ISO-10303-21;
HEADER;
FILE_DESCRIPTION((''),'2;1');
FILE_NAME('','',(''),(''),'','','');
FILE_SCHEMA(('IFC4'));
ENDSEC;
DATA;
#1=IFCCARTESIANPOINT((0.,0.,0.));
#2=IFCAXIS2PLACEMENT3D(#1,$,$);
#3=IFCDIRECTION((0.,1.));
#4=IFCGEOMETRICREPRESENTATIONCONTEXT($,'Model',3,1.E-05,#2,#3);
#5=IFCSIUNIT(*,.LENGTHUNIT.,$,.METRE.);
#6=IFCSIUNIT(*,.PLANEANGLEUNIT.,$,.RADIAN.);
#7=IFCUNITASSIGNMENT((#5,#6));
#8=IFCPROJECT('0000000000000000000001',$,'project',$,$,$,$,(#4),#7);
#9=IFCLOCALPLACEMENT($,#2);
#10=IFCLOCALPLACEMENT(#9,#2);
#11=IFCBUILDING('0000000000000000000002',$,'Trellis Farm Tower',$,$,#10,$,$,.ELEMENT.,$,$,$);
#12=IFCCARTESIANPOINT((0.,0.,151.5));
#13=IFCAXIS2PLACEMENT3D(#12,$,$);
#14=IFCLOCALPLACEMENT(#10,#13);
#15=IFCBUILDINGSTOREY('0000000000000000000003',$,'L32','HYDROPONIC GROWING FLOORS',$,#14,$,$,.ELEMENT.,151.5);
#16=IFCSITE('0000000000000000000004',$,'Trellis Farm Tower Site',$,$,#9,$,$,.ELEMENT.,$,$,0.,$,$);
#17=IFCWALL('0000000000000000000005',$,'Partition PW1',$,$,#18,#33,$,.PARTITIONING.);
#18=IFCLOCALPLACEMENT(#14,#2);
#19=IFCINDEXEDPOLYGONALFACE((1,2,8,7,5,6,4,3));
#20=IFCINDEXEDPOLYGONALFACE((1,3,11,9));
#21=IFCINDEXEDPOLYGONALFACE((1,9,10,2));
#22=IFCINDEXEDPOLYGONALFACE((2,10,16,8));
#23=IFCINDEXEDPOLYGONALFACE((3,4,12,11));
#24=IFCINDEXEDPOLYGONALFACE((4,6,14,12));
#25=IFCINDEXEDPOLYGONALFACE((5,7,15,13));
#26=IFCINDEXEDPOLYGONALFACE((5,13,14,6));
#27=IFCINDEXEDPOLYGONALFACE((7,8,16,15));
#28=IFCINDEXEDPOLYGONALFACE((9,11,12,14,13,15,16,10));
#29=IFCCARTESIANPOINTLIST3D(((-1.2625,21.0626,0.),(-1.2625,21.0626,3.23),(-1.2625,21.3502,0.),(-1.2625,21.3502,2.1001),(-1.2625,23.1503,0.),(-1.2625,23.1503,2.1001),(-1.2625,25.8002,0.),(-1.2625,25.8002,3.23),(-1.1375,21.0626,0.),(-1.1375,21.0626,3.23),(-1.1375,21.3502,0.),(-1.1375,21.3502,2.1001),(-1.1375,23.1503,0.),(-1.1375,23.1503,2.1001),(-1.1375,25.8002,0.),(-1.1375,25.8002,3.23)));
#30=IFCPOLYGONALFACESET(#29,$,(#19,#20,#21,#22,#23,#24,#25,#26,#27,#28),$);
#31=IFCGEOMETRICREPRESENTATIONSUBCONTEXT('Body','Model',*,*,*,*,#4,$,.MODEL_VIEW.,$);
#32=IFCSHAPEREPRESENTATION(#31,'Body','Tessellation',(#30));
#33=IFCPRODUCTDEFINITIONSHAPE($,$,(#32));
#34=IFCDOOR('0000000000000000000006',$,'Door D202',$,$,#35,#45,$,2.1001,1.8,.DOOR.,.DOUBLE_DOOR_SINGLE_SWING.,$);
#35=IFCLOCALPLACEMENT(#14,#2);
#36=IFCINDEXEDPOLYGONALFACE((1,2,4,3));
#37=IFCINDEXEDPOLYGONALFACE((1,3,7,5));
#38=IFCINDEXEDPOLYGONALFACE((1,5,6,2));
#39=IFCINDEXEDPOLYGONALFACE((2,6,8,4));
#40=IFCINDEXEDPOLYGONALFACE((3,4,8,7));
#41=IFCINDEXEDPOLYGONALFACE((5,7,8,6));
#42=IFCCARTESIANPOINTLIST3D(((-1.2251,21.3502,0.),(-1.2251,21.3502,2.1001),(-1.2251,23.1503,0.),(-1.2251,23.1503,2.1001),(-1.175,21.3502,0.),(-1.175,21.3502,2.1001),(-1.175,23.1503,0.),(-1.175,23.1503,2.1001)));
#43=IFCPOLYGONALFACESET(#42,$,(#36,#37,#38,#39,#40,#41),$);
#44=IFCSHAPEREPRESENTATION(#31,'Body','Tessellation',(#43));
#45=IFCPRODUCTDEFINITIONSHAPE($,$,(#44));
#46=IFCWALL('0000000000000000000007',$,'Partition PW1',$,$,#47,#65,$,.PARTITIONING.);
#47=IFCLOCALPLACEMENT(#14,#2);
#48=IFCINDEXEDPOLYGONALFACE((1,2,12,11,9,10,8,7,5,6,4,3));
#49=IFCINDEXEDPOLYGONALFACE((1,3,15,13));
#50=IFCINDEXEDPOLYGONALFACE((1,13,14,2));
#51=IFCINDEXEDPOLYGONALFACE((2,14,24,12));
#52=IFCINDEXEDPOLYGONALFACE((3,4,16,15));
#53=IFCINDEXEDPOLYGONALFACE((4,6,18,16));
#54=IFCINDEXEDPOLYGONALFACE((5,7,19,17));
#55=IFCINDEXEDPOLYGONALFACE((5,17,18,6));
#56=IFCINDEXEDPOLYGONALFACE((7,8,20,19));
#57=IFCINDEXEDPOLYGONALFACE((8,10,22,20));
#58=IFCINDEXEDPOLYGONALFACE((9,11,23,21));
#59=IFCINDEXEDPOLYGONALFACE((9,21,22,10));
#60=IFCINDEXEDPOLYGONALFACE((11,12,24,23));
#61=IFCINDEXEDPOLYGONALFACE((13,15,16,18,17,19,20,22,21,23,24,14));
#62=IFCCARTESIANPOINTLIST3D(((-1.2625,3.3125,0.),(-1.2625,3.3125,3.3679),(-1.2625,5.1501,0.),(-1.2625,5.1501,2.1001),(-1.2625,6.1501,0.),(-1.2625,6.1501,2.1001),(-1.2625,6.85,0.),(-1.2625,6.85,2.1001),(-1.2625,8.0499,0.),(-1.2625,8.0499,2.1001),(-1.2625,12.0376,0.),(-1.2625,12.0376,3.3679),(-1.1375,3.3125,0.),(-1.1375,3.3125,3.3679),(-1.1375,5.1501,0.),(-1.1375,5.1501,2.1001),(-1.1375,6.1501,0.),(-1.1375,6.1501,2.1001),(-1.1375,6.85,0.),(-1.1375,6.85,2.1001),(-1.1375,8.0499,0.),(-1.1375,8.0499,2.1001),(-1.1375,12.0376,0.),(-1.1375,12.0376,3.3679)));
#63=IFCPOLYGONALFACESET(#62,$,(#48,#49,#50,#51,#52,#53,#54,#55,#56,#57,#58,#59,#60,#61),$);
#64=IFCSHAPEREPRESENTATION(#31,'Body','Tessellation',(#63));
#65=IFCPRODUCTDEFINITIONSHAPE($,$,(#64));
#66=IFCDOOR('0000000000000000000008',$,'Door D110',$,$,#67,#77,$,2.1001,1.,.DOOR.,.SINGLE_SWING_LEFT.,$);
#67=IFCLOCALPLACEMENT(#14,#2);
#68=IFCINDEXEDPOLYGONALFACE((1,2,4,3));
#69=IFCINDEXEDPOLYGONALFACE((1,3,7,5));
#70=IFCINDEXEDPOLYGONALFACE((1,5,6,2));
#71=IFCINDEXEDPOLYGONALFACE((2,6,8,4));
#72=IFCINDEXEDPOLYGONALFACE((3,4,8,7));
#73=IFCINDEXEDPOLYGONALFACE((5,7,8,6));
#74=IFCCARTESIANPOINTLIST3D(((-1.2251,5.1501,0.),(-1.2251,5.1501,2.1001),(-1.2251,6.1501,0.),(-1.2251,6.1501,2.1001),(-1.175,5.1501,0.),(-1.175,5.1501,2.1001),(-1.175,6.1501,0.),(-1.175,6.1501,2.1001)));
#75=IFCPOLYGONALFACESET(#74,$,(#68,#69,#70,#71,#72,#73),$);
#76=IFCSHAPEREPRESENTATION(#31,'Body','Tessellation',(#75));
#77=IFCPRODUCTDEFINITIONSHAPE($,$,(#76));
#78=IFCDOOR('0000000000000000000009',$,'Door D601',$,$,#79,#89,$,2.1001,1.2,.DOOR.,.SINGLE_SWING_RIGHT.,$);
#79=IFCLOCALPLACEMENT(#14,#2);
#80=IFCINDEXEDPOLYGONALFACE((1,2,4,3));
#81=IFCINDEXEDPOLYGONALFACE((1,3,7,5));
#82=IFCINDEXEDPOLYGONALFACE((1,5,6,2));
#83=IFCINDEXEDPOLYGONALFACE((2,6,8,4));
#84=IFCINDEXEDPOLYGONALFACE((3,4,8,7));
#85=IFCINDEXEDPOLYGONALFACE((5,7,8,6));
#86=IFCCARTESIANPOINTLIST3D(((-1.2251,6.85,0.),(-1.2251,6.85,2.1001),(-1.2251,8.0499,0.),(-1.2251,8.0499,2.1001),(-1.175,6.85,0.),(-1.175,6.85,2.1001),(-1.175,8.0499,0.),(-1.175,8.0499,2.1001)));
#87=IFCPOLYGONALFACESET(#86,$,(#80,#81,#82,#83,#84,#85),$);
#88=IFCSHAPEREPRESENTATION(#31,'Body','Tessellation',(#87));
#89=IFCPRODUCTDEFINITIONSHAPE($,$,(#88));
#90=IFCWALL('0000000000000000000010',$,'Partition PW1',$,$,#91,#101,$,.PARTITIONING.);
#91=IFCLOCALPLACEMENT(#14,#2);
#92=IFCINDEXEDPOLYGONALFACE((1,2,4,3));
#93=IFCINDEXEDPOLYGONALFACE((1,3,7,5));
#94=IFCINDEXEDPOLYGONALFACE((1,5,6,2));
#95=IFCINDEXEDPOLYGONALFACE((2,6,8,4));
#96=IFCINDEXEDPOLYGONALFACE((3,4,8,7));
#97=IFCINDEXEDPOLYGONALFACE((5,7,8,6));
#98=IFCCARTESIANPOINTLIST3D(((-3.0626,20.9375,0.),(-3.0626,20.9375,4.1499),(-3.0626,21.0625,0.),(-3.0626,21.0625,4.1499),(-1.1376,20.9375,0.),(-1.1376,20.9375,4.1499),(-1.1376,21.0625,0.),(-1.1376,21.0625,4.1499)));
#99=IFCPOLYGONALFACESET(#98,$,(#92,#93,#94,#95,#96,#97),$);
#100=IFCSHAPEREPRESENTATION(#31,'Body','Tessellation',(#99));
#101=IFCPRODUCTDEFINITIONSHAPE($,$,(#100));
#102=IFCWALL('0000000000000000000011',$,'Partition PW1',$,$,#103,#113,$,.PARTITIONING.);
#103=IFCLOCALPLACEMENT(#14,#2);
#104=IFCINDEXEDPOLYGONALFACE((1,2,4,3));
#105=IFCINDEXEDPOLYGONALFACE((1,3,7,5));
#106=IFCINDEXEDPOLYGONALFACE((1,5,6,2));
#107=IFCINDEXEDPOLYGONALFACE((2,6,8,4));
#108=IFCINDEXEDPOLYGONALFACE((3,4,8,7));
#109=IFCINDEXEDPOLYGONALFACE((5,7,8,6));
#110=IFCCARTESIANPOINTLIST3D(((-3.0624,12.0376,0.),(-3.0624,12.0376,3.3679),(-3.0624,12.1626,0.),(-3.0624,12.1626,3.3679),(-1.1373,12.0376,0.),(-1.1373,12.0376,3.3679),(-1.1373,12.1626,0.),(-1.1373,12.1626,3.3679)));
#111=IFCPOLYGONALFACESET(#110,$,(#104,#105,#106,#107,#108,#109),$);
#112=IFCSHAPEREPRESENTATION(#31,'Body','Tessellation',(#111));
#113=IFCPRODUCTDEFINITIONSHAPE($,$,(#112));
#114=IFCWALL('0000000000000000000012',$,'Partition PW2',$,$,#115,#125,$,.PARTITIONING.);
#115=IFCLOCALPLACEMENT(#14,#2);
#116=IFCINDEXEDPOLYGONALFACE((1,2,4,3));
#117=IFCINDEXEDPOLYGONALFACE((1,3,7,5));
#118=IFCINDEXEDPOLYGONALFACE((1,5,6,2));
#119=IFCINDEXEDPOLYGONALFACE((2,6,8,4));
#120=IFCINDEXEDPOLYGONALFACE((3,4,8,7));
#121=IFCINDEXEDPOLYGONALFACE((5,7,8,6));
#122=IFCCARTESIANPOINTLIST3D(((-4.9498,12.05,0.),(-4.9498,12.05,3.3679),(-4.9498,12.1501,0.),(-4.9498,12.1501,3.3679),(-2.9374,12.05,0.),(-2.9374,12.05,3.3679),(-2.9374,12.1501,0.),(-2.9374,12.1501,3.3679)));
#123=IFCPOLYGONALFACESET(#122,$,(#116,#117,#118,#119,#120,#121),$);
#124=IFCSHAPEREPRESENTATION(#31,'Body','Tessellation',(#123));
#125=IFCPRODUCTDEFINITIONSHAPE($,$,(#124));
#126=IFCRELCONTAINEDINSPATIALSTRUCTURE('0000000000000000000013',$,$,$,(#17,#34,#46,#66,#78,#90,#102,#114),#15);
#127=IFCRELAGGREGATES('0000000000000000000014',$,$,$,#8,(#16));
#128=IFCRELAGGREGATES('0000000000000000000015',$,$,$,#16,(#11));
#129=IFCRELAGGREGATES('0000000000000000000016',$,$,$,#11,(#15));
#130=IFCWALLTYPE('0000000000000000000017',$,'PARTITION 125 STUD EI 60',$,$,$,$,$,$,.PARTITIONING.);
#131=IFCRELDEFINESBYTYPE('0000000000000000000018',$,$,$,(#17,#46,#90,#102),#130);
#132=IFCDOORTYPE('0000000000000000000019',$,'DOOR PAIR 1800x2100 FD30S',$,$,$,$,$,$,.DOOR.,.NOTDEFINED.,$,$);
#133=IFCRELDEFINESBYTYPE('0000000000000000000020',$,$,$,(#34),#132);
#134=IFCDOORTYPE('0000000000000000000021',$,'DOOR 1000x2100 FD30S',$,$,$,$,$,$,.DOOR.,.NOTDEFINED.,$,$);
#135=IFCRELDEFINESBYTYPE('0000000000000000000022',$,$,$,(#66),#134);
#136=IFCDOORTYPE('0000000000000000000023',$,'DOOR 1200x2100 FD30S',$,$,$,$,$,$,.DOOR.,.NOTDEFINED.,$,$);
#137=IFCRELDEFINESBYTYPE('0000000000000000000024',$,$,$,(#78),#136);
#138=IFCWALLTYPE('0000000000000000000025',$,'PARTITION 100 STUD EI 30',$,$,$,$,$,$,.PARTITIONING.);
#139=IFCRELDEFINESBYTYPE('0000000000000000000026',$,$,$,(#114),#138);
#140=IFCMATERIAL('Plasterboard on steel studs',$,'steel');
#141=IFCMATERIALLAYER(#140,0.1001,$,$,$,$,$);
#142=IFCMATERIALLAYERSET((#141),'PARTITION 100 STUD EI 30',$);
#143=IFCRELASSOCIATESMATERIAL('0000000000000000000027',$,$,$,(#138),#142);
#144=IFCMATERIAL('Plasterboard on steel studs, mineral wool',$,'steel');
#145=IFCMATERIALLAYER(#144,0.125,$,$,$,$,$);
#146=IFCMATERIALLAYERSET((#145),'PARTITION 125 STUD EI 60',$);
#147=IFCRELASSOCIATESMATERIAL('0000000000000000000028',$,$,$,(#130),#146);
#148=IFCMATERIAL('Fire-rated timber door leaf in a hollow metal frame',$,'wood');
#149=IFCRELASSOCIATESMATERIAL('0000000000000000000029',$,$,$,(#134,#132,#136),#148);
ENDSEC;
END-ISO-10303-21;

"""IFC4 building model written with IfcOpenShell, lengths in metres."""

from ifc_helpers import new_model, si_unit, direction, frame, frame_2d, origin, place, context, subcontext, project, spatial, rectangle, extrude, source, transform, mapped, material, layer, layer_set, type_object, element, fill, save


model = new_model("IFC4")

# Units and contexts
model_context = context("Model", 3, precision=1e-05, world=origin(), true_north=direction((0.0, 1.0)))
body_context = subcontext(model_context, "Body", "Model", "MODEL_VIEW")
ifc_project = project(units=[si_unit("LENGTHUNIT", "METRE"), si_unit("PLANEANGLEUNIT", "RADIAN")], contexts=[model_context])

# Site, building, storey
site_placement = place(None, origin())
site = spatial("IfcSite", under=ifc_project, at=site_placement, Name="Trellis Farm Tower Site", CompositionType="ELEMENT", RefElevation=0.0)
building_placement = place(site_placement, origin())
building = spatial("IfcBuilding", under=site, at=building_placement, Name="Trellis Farm Tower", CompositionType="ELEMENT")
storey_placement = place(building_placement, frame((0.0, 0.0, 151.5)))
storey = spatial("IfcBuildingStorey", under=building, at=storey_placement, Name="L32", Description="HYDROPONIC GROWING FLOORS", CompositionType="ELEMENT", Elevation=151.5)

# Shared definitions
ifc_material_1 = material(Name="Plasterboard on steel studs", Category="steel")
ifc_layer_1 = layer(ifc_material_1, 0.1001)
ifc_layer_set_1 = layer_set([ifc_layer_1], Name="PARTITION 100 STUD EI 30")
wall_type_1 = type_object("IfcWallType", Name="PARTITION 100 STUD EI 30", PredefinedType="PARTITIONING", material=ifc_layer_set_1)

# Shared definitions
shared_shape_1 = source(origin(), body_context, "Body", "SweptSolid", [
    extrude(rectangle(XDim=1.2, YDim=2.1001, at=frame_2d((0.6001, 1.05))), frame((0.0, 0.0249, 0.0), z_axis=(0.0, -1.0, 0.0), x_axis=(1.0, 0.0, 0.0)), (0.0, 0.0, 1.0), 0.05),
])

# Wall, opening, door
ifc_material_2 = material(Name="Plasterboard on steel studs, mineral wool", Category="steel")
ifc_layer_2 = layer(ifc_material_2, 0.125)
ifc_layer_set_2 = layer_set([ifc_layer_2], Name="PARTITION 125 STUD EI 60")
wall_type_2 = type_object("IfcWallType", Name="PARTITION 125 STUD EI 60", PredefinedType="PARTITIONING", material=ifc_layer_set_2)
shared_shape_2 = source(origin(), body_context, "Body", "SweptSolid", [
    extrude(rectangle(XDim=1.0, YDim=2.1001, at=frame_2d((0.5, 1.05))), frame((0.0, 0.0725, 0.0), z_axis=(0.0, -1.0, 0.0), x_axis=(1.0, 0.0, 0.0)), (0.0, 0.0, 1.0), 0.145),
])
ifc_material_3 = material(Name="Fire-rated timber door leaf in a hollow metal frame", Category="wood")
door_type_1 = type_object("IfcDoorType", Name="DOOR 1000x2100 FD30S", OperationType="NOTDEFINED", PredefinedType="DOOR", material=ifc_material_3)
shared_shape_3 = source(origin(), body_context, "Body", "SweptSolid", [
    extrude(rectangle(XDim=1.0, YDim=2.1001, at=frame_2d((0.5, 1.05))), frame((0.0, 0.0249, 0.0), z_axis=(0.0, -1.0, 0.0), x_axis=(1.0, 0.0, 0.0)), (0.0, 0.0, 1.0), 0.05),
])
shared_shape_4 = source(origin(), body_context, "Body", "SweptSolid", [
    extrude(rectangle(XDim=4.7375, YDim=0.125, at=frame_2d((2.3687, 0.0))), origin(), (0.0, 0.0, 1.0), 3.23),
])
wall_1_placement = place(storey_placement, frame((-1.2, 25.8, 0.0), z_axis=(0.0, 0.0, 1.0), x_axis=(0.0, -1.0, 0.0)))
wall_1 = element("IfcWall", 1, at=wall_1_placement, inside=storey, type_object=wall_type_2, Name="Partition PW1", PredefinedType="PARTITIONING", context=body_context, shape_type="MappedRepresentation", body=[
    mapped(shared_shape_4, transform((0.0, 0.0, 0.0))),
])
shared_shape_5 = source(origin(), body_context, "Body", "SweptSolid", [
    extrude(rectangle(XDim=1.8, YDim=2.1001, at=frame_2d((0.8999, 1.05))), frame((0.0, 0.0725, 0.0), z_axis=(0.0, -1.0, 0.0), x_axis=(1.0, 0.0, 0.0)), (0.0, 0.0, 1.0), 0.145),
])
opening_1_placement = place(wall_1_placement, frame((2.6499, 0.0, 0.0)))
opening_1 = element("IfcOpeningElement", 2, at=opening_1_placement, cuts=wall_1, PredefinedType="OPENING", context=body_context, shape_type="MappedRepresentation", body=[
    mapped(shared_shape_5, transform((0.0, 0.0, 0.0))),
])
door_type_2 = type_object("IfcDoorType", Name="DOOR PAIR 1800x2100 FD30S", OperationType="NOTDEFINED", PredefinedType="DOOR", material=ifc_material_3)
shared_shape_6 = source(origin(), body_context, "Body", "SweptSolid", [
    extrude(rectangle(XDim=1.8, YDim=2.1001, at=frame_2d((0.8999, 1.05))), frame((0.0, 0.0249, 0.0), z_axis=(0.0, -1.0, 0.0), x_axis=(1.0, 0.0, 0.0)), (0.0, 0.0, 1.0), 0.05),
])
door_1_placement = place(opening_1_placement, origin())
door_1 = element("IfcDoor", 3, at=door_1_placement, inside=storey, type_object=door_type_2, Name="Door D202", OperationType="DOUBLE_DOOR_SINGLE_SWING", OverallHeight=2.1001, OverallWidth=1.8, PredefinedType="DOOR", context=body_context, shape_type="MappedRepresentation", body=[
    mapped(shared_shape_6, transform((0.0, 0.0, 0.0))),
])
fill(opening_1, door_1)

# Wall, openings, doors
shared_shape_7 = source(origin(), body_context, "Body", "SweptSolid", [
    extrude(rectangle(XDim=8.7251, YDim=0.125, at=frame_2d((4.3625, 0.0))), origin(), (0.0, 0.0, 1.0), 3.3679),
])
wall_2_placement = place(storey_placement, frame((-1.2, 12.0376, 0.0), z_axis=(0.0, 0.0, 1.0), x_axis=(0.0, -1.0, 0.0)))
wall_2 = element("IfcWall", 4, at=wall_2_placement, inside=storey, type_object=wall_type_2, Name="Partition PW1", PredefinedType="PARTITIONING", context=body_context, shape_type="MappedRepresentation", body=[
    mapped(shared_shape_7, transform((0.0, 0.0, 0.0))),
])
opening_2_placement = place(wall_2_placement, frame((5.8875, 0.0, 0.0)))
opening_2 = element("IfcOpeningElement", 5, at=opening_2_placement, cuts=wall_2, PredefinedType="OPENING", context=body_context, shape_type="MappedRepresentation", body=[
    mapped(shared_shape_2, transform((0.0, 0.0, 0.0))),
])
shared_shape_8 = source(origin(), body_context, "Body", "SweptSolid", [
    extrude(rectangle(XDim=1.2, YDim=2.1001, at=frame_2d((0.6001, 1.05))), frame((0.0, 0.0725, 0.0), z_axis=(0.0, -1.0, 0.0), x_axis=(1.0, 0.0, 0.0)), (0.0, 0.0, 1.0), 0.145),
])
opening_3_placement = place(wall_2_placement, frame((3.9875, 0.0, 0.0)))
opening_3 = element("IfcOpeningElement", 6, at=opening_3_placement, cuts=wall_2, PredefinedType="OPENING", context=body_context, shape_type="MappedRepresentation", body=[
    mapped(shared_shape_8, transform((0.0, 0.0, 0.0))),
])
door_2_placement = place(opening_2_placement, origin())
door_2 = element("IfcDoor", 7, at=door_2_placement, inside=storey, type_object=door_type_1, Name="Door D110", OperationType="SINGLE_SWING_LEFT", OverallHeight=2.1001, OverallWidth=1.0, PredefinedType="DOOR", context=body_context, shape_type="MappedRepresentation", body=[
    mapped(shared_shape_3, transform((0.0, 0.0, 0.0))),
])
fill(opening_2, door_2)
door_type_3 = type_object("IfcDoorType", Name="DOOR 1200x2100 FD30S", OperationType="NOTDEFINED", PredefinedType="DOOR", material=ifc_material_3)
door_3_placement = place(opening_3_placement, origin())
door_3 = element("IfcDoor", 8, at=door_3_placement, inside=storey, type_object=door_type_3, Name="Door D601", OperationType="SINGLE_SWING_RIGHT", OverallHeight=2.1001, OverallWidth=1.2, PredefinedType="DOOR", context=body_context, shape_type="MappedRepresentation", body=[
    mapped(shared_shape_1, transform((0.0, 0.0, 0.0))),
])
fill(opening_3, door_3)

# Walls
shared_shape_9 = source(origin(), body_context, "Body", "SweptSolid", [
    extrude(rectangle(XDim=1.925, YDim=0.125, at=frame_2d((0.9624, 0.0))), origin(), (0.0, 0.0, 1.0), 4.1499),
])
wall_3_placement = place(storey_placement, frame((-3.0625, 21.0, 0.0), z_axis=(0.0, 0.0, 1.0), x_axis=(1.0, 0.0, 0.0)))
element("IfcWall", 9, at=wall_3_placement, inside=storey, type_object=wall_type_2, Name="Partition PW1", PredefinedType="PARTITIONING", context=body_context, shape_type="MappedRepresentation", body=[
    mapped(shared_shape_9, transform((0.0, 0.0, 0.0))),
])
shared_shape_10 = source(origin(), body_context, "Body", "SweptSolid", [
    extrude(rectangle(XDim=1.925, YDim=0.125, at=frame_2d((0.9624, 0.0))), origin(), (0.0, 0.0, 1.0), 3.3679),
])
wall_4_placement = place(storey_placement, frame((-1.1375, 12.1001, 0.0), z_axis=(0.0, 0.0, 1.0), x_axis=(-1.0, 0.0, 0.0)))
element("IfcWall", 10, at=wall_4_placement, inside=storey, type_object=wall_type_2, Name="Partition PW1", PredefinedType="PARTITIONING", context=body_context, shape_type="MappedRepresentation", body=[
    mapped(shared_shape_10, transform((0.0, 0.0, 0.0))),
])
shared_shape_11 = source(origin(), body_context, "Body", "SweptSolid", [
    extrude(rectangle(XDim=2.0125, YDim=0.1001, at=frame_2d((1.0063, 0.0))), origin(), (0.0, 0.0, 1.0), 3.3679),
])
wall_5_placement = place(storey_placement, frame((-4.95, 12.1001, 0.0), z_axis=(0.0, 0.0, 1.0), x_axis=(1.0, 0.0, 0.0)))
element("IfcWall", 11, at=wall_5_placement, inside=storey, type_object=wall_type_1, Name="Partition PW2", PredefinedType="PARTITIONING", context=body_context, shape_type="MappedRepresentation", body=[
    mapped(shared_shape_11, transform((0.0, 0.0, 0.0))),
])

save(model, "model.ifc")
